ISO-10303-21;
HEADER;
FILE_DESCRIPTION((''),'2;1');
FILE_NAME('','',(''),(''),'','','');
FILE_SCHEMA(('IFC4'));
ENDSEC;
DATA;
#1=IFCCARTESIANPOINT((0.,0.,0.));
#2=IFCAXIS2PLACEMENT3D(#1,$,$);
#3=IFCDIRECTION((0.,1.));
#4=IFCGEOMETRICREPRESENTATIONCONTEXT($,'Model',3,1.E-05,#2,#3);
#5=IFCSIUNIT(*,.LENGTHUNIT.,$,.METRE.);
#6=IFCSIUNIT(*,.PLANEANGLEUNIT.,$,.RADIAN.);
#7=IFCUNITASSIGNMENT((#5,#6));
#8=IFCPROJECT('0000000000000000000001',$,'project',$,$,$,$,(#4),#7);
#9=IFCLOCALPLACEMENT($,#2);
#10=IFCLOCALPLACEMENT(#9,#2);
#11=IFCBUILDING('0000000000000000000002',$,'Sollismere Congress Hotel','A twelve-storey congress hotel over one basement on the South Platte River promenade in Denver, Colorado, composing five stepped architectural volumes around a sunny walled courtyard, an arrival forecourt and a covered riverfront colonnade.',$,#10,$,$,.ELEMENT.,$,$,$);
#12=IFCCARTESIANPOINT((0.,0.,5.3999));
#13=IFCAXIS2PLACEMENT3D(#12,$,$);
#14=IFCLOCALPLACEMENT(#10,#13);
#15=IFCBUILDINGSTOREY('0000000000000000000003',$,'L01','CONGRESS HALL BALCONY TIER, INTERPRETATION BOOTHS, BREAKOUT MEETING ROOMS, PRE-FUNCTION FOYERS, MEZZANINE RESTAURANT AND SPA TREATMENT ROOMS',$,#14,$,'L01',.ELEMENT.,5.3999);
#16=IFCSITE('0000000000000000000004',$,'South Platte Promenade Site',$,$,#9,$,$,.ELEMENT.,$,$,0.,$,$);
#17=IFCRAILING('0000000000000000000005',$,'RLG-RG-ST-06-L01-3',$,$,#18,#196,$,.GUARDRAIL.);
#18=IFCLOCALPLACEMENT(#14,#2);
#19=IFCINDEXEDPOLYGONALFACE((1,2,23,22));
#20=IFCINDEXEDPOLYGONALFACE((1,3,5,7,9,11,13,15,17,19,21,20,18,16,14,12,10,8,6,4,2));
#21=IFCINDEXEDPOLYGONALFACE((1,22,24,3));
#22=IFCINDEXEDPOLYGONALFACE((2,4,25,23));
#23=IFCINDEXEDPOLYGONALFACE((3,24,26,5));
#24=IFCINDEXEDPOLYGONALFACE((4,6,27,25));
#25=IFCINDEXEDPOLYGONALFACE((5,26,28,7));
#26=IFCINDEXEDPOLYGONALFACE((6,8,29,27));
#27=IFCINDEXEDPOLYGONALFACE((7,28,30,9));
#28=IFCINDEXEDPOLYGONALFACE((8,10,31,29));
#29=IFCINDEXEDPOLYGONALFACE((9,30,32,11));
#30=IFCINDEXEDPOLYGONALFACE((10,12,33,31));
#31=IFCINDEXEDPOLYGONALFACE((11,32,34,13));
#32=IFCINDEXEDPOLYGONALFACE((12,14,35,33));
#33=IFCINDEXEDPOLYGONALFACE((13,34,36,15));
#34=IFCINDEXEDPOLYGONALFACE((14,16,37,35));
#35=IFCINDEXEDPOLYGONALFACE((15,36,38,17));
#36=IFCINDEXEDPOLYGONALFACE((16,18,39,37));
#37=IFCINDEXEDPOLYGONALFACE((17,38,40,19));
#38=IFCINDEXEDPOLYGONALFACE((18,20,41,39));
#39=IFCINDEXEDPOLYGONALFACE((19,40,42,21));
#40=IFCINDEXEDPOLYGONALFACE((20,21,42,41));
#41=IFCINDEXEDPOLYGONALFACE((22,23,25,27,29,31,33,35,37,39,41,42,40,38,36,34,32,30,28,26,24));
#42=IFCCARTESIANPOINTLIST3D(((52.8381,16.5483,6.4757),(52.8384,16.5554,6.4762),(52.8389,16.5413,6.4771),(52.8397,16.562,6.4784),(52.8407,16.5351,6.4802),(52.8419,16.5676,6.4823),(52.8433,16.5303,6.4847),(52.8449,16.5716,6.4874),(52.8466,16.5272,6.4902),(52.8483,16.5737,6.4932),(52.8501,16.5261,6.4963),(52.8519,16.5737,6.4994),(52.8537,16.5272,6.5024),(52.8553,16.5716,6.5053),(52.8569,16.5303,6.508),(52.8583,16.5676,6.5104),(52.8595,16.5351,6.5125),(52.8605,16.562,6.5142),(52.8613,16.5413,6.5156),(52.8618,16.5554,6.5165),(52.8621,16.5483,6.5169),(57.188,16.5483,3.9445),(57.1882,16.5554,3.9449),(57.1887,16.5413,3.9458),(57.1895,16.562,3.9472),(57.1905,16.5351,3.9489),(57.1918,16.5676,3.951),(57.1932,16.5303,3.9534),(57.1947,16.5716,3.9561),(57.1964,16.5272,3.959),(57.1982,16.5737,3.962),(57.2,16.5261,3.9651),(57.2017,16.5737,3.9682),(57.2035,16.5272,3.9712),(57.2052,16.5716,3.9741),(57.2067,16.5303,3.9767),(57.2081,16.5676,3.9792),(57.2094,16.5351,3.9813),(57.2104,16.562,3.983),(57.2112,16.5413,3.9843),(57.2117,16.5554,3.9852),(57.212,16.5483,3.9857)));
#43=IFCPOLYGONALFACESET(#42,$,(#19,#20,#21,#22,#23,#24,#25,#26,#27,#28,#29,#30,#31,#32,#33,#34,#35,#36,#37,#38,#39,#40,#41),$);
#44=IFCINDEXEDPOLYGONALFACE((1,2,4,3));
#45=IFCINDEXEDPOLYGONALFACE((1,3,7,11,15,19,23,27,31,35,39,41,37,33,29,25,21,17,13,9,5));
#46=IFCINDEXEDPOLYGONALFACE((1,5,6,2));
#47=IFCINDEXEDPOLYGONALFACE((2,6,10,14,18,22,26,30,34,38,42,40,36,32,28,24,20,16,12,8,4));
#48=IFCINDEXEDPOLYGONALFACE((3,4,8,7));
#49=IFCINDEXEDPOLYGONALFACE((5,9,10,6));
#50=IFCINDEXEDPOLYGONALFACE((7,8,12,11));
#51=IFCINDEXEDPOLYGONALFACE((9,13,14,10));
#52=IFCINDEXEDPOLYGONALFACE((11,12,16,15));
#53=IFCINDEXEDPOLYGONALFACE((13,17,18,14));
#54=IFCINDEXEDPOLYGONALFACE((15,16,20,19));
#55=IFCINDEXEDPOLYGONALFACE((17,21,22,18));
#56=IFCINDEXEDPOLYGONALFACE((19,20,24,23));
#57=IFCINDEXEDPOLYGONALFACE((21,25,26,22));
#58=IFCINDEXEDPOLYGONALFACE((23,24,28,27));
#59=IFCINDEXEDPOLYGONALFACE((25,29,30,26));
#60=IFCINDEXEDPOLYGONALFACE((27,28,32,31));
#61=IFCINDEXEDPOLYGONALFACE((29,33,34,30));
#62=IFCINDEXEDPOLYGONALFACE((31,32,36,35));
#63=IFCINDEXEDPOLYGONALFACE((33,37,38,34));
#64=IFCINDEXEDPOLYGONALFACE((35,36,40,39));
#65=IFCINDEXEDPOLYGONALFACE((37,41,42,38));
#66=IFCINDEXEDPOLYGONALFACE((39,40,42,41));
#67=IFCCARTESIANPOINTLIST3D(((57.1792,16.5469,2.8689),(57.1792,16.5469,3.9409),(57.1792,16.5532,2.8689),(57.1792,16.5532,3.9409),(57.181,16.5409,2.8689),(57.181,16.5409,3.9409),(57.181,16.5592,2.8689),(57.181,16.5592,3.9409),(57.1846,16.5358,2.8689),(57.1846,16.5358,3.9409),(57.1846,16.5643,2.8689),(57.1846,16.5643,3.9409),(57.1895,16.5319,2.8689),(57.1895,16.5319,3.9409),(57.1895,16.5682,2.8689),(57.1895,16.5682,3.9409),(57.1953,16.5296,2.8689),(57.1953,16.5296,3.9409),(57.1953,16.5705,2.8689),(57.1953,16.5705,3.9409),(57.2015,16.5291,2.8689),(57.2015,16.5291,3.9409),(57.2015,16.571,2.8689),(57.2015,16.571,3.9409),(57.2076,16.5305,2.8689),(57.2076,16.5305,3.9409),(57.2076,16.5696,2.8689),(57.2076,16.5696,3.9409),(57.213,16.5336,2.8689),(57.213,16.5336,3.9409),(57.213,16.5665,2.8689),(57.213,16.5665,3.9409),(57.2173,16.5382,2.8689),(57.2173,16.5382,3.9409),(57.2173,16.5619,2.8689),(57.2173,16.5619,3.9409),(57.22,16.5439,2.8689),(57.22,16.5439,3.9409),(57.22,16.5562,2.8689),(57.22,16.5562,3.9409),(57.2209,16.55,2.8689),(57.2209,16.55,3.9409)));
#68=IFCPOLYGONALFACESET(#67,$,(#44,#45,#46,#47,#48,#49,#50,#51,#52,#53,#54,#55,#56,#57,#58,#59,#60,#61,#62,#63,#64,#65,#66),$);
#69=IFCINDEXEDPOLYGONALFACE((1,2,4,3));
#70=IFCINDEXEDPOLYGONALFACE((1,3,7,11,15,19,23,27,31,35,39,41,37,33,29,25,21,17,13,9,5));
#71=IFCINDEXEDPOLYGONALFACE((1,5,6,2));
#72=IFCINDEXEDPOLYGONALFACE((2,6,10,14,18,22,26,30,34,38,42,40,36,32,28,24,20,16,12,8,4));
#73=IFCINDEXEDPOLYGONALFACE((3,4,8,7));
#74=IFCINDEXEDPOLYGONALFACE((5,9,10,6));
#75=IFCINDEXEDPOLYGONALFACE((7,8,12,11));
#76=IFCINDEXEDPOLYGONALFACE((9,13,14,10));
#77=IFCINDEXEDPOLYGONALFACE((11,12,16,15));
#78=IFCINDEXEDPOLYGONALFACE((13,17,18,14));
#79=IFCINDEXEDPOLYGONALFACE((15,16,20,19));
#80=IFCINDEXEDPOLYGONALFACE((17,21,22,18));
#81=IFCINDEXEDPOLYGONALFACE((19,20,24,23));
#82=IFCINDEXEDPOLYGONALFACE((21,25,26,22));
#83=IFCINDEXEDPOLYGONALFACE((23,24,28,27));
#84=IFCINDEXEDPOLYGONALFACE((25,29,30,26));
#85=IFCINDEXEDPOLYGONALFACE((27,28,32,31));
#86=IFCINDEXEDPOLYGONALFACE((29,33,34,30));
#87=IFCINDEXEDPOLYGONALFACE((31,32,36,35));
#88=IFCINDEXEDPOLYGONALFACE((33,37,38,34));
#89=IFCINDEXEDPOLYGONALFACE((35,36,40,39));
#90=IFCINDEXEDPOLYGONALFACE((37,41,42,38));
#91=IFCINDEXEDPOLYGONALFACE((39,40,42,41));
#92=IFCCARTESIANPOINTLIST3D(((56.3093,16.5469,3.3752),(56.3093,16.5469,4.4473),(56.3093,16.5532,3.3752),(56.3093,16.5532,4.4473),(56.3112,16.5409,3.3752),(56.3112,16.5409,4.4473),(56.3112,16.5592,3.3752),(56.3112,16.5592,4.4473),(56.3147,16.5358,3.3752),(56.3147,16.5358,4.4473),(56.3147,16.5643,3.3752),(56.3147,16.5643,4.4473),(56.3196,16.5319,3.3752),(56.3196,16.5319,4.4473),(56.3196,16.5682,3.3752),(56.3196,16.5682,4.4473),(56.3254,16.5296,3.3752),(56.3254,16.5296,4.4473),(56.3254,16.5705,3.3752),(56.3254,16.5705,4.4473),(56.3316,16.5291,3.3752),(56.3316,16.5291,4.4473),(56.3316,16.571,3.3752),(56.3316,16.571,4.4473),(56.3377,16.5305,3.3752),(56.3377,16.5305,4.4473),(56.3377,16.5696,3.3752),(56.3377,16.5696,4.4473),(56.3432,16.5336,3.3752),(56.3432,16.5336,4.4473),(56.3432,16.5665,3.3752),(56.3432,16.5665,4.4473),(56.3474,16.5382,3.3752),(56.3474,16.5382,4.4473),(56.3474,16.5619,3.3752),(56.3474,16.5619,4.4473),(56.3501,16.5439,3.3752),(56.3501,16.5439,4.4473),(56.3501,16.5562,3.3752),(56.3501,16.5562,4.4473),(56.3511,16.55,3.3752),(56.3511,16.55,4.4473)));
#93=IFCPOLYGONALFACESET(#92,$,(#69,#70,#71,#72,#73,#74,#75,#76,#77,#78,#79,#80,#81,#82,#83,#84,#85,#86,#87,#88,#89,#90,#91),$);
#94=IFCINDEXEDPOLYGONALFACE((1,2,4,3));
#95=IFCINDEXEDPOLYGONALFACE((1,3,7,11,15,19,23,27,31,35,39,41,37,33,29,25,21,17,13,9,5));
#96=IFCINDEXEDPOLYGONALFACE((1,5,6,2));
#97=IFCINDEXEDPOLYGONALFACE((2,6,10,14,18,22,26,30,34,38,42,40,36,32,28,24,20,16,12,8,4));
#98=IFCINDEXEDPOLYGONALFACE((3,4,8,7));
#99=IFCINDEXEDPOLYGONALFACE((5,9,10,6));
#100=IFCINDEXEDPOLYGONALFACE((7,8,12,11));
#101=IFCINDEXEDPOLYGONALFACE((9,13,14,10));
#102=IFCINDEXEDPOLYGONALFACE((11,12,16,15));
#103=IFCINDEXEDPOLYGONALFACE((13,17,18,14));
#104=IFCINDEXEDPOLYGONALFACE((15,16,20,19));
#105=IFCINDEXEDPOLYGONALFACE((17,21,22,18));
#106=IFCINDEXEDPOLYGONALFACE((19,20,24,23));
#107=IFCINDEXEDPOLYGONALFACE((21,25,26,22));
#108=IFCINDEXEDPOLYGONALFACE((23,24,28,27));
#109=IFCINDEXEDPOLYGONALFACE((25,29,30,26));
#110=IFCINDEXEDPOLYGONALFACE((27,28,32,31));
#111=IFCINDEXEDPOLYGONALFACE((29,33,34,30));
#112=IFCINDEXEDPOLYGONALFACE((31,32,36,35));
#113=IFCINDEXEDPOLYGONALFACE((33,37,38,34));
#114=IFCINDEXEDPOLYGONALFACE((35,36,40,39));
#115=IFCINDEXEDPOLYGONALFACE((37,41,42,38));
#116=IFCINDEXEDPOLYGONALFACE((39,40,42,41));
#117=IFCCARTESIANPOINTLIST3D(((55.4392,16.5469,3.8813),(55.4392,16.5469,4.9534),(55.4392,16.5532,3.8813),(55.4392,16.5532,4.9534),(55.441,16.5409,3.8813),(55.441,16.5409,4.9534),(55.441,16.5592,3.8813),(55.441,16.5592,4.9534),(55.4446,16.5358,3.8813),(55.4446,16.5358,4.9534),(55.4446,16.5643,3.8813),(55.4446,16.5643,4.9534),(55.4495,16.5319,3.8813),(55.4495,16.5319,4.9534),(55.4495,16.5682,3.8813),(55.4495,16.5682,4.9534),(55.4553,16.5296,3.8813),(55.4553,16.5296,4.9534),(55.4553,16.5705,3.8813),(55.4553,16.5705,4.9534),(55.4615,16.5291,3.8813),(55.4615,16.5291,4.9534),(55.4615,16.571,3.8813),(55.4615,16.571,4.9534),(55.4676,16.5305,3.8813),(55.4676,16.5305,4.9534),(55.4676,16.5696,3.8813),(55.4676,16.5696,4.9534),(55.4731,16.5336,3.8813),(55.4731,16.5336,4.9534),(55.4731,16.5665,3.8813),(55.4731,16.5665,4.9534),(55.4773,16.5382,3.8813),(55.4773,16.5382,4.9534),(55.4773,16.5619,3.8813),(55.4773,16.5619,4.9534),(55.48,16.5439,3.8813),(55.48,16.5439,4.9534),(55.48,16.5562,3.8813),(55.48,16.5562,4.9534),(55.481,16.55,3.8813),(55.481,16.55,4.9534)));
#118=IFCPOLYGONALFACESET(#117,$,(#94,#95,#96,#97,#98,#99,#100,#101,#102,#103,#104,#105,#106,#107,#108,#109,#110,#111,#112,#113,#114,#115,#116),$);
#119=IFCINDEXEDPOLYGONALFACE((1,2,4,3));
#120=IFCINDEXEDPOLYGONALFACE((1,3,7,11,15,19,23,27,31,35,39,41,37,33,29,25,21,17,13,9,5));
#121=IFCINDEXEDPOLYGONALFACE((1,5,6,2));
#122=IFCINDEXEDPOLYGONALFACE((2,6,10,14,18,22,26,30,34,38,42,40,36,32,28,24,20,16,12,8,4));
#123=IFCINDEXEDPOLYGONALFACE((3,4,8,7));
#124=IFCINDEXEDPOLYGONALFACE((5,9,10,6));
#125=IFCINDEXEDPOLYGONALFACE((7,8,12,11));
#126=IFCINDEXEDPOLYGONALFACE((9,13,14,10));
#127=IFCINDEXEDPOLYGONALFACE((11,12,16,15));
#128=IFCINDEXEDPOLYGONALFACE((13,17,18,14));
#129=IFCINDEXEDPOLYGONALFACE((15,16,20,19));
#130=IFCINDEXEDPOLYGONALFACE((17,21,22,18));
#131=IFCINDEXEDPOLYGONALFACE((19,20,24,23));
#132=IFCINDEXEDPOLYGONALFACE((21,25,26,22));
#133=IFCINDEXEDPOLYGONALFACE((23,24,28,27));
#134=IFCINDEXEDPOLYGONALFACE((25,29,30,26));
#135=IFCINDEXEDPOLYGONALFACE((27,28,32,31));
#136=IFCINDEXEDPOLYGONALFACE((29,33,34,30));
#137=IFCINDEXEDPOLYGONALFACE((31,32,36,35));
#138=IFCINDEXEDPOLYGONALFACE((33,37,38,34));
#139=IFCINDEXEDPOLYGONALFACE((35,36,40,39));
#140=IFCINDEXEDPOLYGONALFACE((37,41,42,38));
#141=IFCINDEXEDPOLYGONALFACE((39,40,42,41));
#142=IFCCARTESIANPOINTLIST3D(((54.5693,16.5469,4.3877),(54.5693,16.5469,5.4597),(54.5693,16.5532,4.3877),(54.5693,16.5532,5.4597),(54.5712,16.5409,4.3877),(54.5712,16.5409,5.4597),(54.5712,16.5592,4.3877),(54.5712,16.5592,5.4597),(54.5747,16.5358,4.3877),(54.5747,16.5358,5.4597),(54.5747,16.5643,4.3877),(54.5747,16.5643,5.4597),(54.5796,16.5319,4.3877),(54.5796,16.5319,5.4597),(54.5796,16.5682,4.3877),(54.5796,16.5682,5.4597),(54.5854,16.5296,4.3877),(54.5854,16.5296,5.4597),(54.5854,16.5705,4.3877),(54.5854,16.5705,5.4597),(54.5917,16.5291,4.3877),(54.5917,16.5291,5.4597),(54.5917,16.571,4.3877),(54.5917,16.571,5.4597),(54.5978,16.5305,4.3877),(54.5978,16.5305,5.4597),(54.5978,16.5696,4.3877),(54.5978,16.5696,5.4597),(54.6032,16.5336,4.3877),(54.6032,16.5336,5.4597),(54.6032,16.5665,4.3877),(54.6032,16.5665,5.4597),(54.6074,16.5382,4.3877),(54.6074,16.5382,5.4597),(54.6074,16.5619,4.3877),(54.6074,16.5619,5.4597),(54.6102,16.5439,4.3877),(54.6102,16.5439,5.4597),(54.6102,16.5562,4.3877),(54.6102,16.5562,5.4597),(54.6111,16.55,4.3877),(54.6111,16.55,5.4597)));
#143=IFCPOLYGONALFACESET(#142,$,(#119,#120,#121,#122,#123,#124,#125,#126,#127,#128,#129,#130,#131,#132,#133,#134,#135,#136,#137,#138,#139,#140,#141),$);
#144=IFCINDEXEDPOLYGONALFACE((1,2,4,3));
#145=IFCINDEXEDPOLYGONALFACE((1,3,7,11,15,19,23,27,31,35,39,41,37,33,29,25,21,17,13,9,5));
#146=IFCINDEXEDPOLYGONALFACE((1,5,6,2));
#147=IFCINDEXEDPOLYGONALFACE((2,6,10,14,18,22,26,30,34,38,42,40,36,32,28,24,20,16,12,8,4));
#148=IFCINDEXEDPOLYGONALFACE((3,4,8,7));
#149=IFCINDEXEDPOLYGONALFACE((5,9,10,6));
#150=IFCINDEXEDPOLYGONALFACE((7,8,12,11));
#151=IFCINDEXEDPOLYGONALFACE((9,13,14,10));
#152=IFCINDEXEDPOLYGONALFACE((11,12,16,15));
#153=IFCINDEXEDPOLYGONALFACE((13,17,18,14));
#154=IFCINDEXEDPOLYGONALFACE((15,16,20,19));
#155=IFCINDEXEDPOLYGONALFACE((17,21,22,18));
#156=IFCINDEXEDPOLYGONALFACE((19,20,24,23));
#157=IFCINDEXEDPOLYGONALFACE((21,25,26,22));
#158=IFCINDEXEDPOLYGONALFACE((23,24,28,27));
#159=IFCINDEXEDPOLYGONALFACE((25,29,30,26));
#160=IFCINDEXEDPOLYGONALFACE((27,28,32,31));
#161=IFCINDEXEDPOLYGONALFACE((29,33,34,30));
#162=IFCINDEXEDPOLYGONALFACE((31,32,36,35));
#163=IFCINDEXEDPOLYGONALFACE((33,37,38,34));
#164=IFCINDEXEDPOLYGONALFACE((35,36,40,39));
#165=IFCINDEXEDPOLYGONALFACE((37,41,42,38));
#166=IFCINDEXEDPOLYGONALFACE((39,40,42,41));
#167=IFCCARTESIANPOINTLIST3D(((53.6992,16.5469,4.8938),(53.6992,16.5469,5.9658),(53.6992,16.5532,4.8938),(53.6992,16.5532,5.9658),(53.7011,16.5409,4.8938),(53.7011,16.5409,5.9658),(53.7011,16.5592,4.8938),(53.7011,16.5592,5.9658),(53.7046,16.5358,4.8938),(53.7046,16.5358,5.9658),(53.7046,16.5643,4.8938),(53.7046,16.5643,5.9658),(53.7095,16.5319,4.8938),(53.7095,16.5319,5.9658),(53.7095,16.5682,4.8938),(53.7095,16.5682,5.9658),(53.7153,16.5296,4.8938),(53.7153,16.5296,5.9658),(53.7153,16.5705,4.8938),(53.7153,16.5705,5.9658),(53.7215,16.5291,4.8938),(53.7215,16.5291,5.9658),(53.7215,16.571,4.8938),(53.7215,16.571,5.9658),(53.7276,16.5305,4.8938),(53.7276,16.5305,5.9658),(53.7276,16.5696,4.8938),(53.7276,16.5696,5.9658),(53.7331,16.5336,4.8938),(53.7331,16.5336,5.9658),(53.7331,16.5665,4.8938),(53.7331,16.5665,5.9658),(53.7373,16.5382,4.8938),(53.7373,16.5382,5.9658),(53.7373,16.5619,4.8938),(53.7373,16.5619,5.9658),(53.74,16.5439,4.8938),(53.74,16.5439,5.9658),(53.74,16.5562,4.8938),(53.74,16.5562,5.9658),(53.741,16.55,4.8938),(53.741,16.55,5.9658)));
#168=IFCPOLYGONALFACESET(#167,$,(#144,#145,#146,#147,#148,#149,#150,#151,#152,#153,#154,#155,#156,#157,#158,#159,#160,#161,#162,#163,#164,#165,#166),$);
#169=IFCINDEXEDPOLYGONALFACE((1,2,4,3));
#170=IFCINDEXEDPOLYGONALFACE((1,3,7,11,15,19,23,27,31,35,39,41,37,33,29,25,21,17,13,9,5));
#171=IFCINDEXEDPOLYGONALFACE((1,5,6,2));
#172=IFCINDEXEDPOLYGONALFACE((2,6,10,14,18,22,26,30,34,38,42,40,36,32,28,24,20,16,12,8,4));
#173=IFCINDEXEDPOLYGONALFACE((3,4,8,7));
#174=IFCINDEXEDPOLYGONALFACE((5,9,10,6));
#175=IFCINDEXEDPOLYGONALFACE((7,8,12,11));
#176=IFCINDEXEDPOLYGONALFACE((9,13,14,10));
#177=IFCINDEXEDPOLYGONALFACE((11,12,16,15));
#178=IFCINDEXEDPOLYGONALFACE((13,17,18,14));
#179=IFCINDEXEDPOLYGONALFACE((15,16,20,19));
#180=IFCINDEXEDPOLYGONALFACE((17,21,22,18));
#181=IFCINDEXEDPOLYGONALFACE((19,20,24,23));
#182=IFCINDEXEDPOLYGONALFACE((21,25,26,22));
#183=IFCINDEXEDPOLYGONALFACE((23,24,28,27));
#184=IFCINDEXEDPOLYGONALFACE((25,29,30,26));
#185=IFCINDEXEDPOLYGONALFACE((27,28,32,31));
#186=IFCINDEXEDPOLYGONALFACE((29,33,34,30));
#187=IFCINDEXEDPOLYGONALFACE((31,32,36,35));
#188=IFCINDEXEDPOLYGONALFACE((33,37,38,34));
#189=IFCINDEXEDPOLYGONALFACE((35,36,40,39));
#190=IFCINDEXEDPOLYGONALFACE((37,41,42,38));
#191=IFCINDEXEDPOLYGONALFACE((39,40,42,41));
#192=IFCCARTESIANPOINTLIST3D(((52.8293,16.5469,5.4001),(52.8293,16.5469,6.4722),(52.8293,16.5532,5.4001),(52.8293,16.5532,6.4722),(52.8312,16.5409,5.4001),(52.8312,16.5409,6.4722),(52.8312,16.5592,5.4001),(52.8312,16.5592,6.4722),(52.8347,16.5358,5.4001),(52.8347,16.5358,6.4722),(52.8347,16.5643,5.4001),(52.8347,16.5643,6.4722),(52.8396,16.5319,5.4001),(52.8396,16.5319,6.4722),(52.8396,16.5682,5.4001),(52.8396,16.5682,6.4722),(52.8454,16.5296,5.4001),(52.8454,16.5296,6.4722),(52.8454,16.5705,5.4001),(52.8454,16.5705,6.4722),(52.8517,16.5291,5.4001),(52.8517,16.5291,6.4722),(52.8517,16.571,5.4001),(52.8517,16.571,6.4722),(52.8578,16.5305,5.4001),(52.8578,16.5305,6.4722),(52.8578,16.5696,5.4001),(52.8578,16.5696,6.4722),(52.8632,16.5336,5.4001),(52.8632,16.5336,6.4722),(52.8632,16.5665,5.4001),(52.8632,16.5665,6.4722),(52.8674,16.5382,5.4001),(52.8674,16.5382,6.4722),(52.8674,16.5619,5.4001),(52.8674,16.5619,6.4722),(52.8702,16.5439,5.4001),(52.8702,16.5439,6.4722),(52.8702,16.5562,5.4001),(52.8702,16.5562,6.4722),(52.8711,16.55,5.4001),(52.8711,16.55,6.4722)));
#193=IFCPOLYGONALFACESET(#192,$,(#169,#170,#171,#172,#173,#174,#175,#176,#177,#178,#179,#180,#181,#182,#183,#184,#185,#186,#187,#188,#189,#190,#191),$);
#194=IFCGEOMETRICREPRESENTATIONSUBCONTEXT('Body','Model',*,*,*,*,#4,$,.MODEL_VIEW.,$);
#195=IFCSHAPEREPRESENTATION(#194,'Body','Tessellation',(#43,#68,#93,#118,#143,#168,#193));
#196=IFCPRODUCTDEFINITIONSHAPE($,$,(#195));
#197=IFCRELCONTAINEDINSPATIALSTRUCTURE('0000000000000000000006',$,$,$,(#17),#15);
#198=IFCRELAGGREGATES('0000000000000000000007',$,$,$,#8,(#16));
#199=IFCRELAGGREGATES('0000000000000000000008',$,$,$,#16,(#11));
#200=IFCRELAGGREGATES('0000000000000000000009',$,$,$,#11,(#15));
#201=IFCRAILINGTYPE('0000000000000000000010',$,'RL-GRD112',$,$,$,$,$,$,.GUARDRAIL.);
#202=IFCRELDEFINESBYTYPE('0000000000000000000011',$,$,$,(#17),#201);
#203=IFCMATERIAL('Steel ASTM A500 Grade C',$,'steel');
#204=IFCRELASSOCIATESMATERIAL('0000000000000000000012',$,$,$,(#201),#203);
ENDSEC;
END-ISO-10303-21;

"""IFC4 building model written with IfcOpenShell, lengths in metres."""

from ifc_helpers import new_model, si_unit, direction, frame, origin, origin_2d, place, context, subcontext, project, spatial, circle, extrude, material, type_object, element, save


model = new_model("IFC4")

# Units and contexts
model_context = context("Model", 3, precision=1e-05, world=origin(), true_north=direction((0.0, 1.0)))
body_context = subcontext(model_context, "Body", "Model", "MODEL_VIEW")
ifc_project = project(units=[si_unit("LENGTHUNIT", "METRE"), si_unit("PLANEANGLEUNIT", "RADIAN")], contexts=[model_context])

# Site, building, storey
site_placement = place(None, origin())
site = spatial("IfcSite", under=ifc_project, at=site_placement, Name="South Platte Promenade Site", CompositionType="ELEMENT", RefElevation=0.0)
building_placement = place(site_placement, origin())
building = spatial("IfcBuilding", under=site, at=building_placement, Name="Sollismere Congress Hotel", Description="A twelve-storey congress hotel over one basement on the South Platte River promenade in Denver, Colorado, composing five stepped architectural volumes around a sunny walled courtyard, an arrival forecourt and a covered riverfront colonnade.", CompositionType="ELEMENT")
storey_placement = place(building_placement, frame((0.0, 0.0, 5.3999)))
storey = spatial("IfcBuildingStorey", under=building, at=storey_placement, Name="L01", Description="CONGRESS HALL BALCONY TIER, INTERPRETATION BOOTHS, BREAKOUT MEETING ROOMS, PRE-FUNCTION FOYERS, MEZZANINE RESTAURANT AND SPA TREATMENT ROOMS", LongName="L01", CompositionType="ELEMENT", Elevation=5.3999)

# Railing
ifc_material_1 = material(Name="Steel ASTM A500 Grade C", Category="steel")
railing_type_1 = type_object("IfcRailingType", Name="RL-GRD112", PredefinedType="GUARDRAIL", material=ifc_material_1)
railing_1_placement = place(storey_placement, frame((57.2, 16.55, 2.8689)))
element("IfcRailing", 1, at=railing_1_placement, inside=storey, type_object=railing_type_1, Name="RLG-RG-ST-06-L01-3", PredefinedType="GUARDRAIL", context=body_context, shape_type="SweptSolid", body=[
    extrude(circle(Radius=0.0239, at=origin_2d()), frame((0.0, 0.0, 1.0962), z_axis=(-0.864312, 0.0, 0.502957), x_axis=(0.0, -1.0, 0.0)), (0.0, 0.0, 1.0), 5.0327),
    extrude(circle(Radius=0.021, at=origin_2d()), origin(), (0.0, 0.0, 1.0), 1.072),
    extrude(circle(Radius=0.021, at=origin_2d()), frame((-0.8699, 0.0, 0.5063)), (0.0, 0.0, 1.0), 1.072),
    extrude(circle(Radius=0.021, at=origin_2d()), frame((-1.74, 0.0, 1.0125)), (0.0, 0.0, 1.0), 1.072),
    extrude(circle(Radius=0.021, at=origin_2d()), frame((-2.6099, 0.0, 1.5188)), (0.0, 0.0, 1.0), 1.072),
    extrude(circle(Radius=0.021, at=origin_2d()), frame((-3.48, 0.0, 2.0249)), (0.0, 0.0, 1.0), 1.072),
    extrude(circle(Radius=0.021, at=origin_2d()), frame((-4.3499, 0.0, 2.5312)), (0.0, 0.0, 1.0), 1.072),
])

save(model, "model.ifc")
